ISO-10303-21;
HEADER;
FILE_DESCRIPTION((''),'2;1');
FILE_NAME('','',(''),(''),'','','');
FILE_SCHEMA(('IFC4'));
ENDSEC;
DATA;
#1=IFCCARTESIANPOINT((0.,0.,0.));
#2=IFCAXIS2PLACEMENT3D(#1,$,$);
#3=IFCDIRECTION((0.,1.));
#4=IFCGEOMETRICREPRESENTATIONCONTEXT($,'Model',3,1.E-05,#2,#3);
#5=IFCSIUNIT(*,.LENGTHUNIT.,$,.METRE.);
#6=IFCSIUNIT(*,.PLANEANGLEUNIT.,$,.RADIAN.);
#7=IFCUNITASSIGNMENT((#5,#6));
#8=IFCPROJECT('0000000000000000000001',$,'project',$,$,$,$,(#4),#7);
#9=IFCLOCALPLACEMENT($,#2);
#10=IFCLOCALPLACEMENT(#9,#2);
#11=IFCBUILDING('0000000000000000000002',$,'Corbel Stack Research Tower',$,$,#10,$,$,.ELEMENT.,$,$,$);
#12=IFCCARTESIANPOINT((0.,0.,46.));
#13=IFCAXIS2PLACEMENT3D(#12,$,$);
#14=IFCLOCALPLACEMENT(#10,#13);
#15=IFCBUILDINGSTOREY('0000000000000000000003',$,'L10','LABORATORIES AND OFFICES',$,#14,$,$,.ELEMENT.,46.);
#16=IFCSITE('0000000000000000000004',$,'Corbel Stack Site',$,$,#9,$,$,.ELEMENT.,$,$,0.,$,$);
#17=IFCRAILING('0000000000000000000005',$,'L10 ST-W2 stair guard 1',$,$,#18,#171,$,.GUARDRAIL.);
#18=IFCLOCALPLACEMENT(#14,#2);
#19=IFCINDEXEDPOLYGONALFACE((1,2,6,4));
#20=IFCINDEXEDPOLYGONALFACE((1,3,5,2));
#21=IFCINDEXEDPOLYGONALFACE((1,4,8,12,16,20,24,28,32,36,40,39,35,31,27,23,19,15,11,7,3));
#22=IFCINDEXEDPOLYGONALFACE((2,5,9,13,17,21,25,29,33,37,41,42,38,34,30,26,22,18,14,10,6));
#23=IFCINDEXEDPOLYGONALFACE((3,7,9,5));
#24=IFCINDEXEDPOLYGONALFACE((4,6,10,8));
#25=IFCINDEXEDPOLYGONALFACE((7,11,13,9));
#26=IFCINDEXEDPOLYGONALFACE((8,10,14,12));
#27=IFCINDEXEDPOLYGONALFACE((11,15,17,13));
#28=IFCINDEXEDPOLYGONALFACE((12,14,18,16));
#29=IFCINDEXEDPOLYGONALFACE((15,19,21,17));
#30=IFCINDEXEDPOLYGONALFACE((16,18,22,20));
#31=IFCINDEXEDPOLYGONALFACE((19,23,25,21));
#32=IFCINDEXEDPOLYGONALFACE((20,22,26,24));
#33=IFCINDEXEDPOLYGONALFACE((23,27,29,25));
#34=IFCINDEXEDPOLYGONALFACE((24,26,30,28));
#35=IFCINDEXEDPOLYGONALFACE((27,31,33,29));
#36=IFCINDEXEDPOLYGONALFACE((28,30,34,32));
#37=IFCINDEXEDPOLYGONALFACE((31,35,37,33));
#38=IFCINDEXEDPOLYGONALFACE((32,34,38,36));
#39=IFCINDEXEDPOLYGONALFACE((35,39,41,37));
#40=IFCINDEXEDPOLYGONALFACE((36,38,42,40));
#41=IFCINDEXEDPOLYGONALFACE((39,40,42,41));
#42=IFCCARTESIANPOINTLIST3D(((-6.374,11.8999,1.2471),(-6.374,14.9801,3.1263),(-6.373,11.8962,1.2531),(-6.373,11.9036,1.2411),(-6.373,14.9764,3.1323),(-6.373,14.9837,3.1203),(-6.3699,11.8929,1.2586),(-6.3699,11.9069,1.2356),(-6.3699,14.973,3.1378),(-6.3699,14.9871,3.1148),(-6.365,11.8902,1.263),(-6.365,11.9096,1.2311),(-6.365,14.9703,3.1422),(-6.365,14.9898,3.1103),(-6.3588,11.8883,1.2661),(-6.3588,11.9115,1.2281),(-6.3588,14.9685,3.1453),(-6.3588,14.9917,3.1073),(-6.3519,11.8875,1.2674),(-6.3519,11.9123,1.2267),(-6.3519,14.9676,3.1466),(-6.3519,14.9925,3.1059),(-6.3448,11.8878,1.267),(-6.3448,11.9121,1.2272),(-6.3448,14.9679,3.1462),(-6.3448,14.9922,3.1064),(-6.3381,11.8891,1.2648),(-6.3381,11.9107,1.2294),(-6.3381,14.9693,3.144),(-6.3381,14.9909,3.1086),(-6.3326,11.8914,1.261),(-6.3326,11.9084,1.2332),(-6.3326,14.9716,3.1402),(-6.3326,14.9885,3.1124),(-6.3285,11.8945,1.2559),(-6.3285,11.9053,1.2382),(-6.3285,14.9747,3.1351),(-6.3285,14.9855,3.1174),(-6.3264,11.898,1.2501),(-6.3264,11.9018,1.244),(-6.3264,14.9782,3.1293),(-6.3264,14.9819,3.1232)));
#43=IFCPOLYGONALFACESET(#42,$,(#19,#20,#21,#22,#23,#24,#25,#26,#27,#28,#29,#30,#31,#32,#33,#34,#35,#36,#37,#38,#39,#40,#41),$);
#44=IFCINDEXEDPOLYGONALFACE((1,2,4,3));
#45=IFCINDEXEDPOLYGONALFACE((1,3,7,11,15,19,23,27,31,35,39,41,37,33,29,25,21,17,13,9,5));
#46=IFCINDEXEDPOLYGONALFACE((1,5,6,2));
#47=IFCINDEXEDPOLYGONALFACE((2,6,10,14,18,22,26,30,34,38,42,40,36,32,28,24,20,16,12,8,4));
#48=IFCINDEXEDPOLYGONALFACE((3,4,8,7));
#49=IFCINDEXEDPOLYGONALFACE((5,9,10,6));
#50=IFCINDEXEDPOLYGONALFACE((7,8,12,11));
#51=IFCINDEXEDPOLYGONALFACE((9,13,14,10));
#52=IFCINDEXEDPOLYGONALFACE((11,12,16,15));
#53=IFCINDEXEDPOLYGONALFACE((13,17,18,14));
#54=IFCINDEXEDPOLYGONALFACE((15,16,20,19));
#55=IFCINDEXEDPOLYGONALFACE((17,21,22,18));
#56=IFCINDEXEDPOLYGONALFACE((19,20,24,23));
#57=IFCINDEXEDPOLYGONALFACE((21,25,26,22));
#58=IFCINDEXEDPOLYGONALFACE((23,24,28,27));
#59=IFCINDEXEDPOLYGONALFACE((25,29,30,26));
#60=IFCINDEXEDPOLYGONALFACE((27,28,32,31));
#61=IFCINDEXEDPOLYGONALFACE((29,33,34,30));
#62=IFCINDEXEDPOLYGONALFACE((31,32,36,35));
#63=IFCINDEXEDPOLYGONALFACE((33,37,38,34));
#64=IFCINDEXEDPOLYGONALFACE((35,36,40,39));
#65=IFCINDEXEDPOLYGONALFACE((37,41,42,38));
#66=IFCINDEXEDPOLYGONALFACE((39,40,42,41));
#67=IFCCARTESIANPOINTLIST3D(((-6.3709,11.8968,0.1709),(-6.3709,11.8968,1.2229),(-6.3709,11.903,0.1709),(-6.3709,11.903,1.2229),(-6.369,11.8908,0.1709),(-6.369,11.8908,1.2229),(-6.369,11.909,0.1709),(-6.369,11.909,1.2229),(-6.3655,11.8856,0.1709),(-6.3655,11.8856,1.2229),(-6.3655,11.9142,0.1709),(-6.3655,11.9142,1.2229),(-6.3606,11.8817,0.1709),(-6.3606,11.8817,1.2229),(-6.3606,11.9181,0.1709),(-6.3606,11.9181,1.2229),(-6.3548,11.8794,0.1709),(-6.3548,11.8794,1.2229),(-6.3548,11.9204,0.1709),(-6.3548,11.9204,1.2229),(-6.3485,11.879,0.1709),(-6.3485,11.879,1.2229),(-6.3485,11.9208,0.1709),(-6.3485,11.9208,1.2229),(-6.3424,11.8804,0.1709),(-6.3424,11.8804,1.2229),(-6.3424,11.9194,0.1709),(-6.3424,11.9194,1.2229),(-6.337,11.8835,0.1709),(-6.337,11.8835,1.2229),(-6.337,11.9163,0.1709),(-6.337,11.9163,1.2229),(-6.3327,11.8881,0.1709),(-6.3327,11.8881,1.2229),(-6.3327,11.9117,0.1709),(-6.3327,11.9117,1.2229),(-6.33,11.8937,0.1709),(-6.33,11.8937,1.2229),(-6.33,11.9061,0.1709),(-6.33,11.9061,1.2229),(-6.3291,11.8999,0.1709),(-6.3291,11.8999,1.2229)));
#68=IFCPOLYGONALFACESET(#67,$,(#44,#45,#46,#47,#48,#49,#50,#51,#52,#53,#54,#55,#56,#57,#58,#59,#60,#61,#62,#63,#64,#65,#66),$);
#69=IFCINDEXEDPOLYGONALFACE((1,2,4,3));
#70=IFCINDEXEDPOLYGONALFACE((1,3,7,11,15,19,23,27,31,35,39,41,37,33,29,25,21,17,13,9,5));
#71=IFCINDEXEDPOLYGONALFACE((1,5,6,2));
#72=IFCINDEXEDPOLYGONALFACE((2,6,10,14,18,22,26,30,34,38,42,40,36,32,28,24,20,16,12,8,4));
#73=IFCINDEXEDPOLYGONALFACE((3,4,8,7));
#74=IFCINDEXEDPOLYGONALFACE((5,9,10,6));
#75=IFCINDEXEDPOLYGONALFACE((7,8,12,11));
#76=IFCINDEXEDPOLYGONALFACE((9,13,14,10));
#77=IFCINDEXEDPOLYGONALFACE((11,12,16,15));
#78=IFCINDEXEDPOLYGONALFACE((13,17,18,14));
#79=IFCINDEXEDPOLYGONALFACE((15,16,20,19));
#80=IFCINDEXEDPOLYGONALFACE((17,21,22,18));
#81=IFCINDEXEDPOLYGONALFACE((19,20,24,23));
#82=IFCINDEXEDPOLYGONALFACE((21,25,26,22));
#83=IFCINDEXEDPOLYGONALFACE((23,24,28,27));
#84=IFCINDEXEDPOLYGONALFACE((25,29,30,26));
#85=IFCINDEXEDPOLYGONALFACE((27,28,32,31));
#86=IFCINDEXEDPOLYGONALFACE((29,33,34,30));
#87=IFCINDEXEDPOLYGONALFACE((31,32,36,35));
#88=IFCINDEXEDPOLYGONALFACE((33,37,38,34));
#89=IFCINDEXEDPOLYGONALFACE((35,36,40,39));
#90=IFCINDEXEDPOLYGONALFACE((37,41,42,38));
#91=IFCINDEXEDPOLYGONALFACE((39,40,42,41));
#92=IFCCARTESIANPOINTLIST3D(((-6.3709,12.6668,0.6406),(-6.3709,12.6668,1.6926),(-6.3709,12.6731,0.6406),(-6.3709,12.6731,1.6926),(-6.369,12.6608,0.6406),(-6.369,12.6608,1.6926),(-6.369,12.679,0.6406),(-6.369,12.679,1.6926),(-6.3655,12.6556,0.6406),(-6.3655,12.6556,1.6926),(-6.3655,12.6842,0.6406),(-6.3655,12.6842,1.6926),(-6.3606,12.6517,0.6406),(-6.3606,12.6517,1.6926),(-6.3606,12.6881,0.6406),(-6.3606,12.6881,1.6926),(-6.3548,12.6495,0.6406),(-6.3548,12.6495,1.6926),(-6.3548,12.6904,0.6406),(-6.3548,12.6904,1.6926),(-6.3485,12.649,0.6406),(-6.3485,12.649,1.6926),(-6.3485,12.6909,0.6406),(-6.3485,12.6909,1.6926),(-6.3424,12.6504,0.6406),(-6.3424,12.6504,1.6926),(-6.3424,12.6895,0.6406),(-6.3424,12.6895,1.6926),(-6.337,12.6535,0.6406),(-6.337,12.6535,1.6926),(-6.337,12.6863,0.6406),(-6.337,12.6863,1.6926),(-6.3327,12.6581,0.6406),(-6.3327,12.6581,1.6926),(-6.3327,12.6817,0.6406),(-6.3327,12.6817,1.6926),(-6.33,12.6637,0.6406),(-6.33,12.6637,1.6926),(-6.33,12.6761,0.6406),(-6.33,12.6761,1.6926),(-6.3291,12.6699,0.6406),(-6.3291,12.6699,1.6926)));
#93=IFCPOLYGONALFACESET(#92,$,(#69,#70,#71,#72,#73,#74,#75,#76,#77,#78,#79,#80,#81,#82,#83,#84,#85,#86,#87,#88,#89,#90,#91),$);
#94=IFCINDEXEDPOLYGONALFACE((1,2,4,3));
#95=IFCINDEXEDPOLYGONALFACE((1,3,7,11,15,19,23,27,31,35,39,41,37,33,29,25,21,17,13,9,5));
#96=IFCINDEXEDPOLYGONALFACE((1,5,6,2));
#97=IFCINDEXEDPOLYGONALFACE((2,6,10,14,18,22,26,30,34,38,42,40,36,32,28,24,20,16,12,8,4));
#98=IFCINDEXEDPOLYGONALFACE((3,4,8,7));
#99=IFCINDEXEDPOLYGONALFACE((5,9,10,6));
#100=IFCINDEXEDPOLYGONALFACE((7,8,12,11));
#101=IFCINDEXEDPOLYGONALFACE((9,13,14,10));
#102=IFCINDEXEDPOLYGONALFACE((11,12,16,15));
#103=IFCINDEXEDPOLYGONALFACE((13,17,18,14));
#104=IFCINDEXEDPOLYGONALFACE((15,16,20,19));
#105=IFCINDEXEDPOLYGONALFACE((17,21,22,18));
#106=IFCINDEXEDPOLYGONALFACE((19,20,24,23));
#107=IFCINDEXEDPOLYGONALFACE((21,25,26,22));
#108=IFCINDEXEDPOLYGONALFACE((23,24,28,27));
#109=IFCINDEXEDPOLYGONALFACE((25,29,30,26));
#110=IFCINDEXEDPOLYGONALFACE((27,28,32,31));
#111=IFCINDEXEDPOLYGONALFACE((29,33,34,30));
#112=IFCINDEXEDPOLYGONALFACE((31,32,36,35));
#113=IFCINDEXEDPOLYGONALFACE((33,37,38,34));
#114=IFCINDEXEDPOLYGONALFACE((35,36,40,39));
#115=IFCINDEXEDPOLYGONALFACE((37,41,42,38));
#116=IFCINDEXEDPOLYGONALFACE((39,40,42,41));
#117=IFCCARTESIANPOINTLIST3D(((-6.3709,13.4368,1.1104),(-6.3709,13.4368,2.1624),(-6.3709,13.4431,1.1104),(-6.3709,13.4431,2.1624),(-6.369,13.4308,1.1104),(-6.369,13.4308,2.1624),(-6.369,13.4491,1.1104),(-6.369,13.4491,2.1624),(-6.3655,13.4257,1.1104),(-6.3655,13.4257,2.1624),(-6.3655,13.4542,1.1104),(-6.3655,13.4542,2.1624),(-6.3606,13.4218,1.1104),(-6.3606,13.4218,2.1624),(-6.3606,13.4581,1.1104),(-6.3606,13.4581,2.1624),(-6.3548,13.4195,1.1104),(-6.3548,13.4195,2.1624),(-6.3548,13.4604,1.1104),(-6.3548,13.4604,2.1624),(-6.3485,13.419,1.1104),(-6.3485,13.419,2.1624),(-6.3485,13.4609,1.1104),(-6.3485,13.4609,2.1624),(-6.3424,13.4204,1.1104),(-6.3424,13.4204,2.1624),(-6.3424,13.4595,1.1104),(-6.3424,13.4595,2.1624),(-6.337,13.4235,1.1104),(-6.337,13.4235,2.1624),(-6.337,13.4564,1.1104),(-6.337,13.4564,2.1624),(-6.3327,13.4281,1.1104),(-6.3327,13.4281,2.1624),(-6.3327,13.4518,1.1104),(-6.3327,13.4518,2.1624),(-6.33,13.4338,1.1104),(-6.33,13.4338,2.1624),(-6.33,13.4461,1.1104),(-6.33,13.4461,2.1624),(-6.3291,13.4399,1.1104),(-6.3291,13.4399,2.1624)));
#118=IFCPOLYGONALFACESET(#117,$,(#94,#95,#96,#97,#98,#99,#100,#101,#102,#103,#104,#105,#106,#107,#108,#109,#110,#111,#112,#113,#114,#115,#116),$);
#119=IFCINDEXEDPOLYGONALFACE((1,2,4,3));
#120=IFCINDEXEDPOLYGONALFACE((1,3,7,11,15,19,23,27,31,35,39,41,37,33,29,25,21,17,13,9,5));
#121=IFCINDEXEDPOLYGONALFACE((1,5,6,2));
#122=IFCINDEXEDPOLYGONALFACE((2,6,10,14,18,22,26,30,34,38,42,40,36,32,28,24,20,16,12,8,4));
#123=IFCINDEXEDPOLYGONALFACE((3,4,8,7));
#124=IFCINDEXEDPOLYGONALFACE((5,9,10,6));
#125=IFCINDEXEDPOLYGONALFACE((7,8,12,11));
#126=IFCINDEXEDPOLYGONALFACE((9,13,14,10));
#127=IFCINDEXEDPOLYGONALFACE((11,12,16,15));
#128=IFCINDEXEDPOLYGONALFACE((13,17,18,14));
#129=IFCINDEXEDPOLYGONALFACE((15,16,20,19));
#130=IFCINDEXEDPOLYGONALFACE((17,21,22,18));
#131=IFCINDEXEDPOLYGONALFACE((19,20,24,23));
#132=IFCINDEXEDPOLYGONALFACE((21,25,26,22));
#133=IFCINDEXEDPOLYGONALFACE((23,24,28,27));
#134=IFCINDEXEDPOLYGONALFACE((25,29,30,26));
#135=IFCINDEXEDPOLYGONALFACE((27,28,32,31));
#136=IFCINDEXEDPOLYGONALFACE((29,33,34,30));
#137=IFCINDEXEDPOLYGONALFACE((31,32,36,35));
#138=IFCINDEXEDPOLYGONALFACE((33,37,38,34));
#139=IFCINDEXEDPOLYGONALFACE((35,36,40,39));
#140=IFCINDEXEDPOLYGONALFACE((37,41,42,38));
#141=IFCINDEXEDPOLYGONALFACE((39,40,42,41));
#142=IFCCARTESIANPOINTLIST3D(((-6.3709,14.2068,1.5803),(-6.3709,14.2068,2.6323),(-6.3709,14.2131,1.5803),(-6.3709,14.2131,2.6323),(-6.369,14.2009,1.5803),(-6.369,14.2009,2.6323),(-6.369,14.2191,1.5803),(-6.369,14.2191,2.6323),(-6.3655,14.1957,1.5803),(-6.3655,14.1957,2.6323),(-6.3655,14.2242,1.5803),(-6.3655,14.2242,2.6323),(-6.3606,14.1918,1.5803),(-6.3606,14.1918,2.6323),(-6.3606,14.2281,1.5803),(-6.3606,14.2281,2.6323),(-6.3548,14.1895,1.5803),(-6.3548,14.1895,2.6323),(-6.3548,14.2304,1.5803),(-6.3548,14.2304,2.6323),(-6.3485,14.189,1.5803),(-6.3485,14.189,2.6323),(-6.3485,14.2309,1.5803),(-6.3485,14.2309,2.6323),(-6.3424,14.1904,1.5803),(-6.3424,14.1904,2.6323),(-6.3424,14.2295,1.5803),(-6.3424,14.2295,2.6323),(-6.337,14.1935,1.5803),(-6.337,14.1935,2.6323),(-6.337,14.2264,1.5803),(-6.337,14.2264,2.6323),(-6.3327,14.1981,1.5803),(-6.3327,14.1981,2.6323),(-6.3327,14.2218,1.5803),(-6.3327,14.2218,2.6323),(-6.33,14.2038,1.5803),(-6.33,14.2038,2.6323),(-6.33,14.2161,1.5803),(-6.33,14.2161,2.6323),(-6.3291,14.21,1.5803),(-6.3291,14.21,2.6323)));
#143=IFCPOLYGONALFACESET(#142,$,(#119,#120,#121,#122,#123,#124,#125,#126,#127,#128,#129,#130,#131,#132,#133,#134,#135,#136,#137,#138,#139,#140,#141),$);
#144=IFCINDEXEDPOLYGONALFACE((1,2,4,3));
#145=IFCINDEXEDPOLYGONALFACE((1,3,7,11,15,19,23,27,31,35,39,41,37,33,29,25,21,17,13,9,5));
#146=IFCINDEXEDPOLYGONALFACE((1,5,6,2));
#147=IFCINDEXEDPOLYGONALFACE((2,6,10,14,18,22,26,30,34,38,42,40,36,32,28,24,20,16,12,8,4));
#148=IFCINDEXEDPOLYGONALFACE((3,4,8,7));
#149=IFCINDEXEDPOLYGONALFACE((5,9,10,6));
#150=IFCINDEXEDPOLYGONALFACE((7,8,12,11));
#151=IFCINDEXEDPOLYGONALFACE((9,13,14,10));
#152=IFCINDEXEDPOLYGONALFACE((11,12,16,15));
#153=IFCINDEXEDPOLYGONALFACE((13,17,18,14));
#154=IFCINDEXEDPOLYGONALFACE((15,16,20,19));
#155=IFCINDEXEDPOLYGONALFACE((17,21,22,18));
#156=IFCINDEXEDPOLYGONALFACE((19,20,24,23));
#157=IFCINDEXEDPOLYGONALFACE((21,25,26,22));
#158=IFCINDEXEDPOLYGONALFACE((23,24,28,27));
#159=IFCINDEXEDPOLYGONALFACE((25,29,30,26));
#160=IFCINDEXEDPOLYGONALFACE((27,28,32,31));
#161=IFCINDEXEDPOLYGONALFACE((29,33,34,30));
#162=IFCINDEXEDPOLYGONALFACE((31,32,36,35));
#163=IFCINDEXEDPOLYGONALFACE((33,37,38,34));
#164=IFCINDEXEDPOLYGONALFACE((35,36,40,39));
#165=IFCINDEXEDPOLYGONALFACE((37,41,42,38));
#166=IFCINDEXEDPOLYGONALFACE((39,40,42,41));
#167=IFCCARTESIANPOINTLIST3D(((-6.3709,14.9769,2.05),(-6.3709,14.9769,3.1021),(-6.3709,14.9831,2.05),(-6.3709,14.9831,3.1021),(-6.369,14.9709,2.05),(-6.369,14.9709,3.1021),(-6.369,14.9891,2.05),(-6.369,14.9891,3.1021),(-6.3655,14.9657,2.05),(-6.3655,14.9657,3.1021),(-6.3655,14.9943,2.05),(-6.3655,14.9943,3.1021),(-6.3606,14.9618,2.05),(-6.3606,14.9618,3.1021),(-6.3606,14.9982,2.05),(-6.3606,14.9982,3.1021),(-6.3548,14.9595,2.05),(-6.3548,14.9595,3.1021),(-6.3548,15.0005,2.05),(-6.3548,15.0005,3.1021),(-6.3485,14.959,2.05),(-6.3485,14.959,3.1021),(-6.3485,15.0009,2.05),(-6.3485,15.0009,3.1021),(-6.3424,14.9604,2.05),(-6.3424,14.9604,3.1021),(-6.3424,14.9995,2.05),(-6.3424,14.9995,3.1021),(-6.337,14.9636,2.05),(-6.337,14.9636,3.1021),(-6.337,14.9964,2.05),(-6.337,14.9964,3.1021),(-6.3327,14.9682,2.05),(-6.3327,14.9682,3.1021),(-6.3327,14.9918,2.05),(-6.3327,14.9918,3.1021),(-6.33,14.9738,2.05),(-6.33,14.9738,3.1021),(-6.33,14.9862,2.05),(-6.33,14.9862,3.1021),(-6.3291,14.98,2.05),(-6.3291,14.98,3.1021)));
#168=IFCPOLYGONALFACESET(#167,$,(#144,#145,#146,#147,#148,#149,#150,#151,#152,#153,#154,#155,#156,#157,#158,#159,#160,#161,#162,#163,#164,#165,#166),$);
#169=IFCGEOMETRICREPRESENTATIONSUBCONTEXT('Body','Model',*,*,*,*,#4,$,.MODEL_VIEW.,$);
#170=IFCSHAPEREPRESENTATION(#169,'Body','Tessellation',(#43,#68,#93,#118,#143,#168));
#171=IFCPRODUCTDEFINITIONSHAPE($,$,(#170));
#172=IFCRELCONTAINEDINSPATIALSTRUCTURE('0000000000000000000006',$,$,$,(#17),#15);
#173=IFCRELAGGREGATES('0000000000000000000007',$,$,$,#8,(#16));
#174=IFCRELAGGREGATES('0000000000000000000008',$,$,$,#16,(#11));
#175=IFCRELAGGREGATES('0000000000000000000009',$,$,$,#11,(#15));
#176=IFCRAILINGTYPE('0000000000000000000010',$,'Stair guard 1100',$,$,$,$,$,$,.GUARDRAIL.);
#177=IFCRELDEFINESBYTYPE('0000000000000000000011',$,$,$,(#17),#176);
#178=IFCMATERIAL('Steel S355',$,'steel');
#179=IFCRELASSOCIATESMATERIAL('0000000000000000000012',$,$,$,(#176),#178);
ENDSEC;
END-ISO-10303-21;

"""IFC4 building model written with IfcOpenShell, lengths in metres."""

from ifc_helpers import new_model, si_unit, direction, frame, origin, origin_2d, place, context, subcontext, project, spatial, circle, extrude, material, type_object, element, save


model = new_model("IFC4")

# Units and contexts
model_context = context("Model", 3, precision=1e-05, world=origin(), true_north=direction((0.0, 1.0)))
body_context = subcontext(model_context, "Body", "Model", "MODEL_VIEW")
ifc_project = project(units=[si_unit("LENGTHUNIT", "METRE"), si_unit("PLANEANGLEUNIT", "RADIAN")], contexts=[model_context])

# Site, building, storey
site_placement = place(None, origin())
site = spatial("IfcSite", under=ifc_project, at=site_placement, Name="Corbel Stack Site", CompositionType="ELEMENT", RefElevation=0.0)
building_placement = place(site_placement, origin())
building = spatial("IfcBuilding", under=site, at=building_placement, Name="Corbel Stack Research Tower", CompositionType="ELEMENT")
storey_placement = place(building_placement, frame((0.0, 0.0, 46.0)))
storey = spatial("IfcBuildingStorey", under=building, at=storey_placement, Name="L10", Description="LABORATORIES AND OFFICES", CompositionType="ELEMENT", Elevation=46.0)

# Railing
ifc_material_1 = material(Name="Steel S355", Category="steel")
railing_type_1 = type_object("IfcRailingType", Name="Stair guard 1100", PredefinedType="GUARDRAIL", material=ifc_material_1)
railing_1_placement = place(storey_placement, frame((-6.3501, 11.8999, 0.1709)))
element("IfcRailing", 1, at=railing_1_placement, inside=storey, type_object=railing_type_1, Name="L10 ST-W2 stair guard 1", PredefinedType="GUARDRAIL", context=body_context, shape_type="SweptSolid", body=[
    extrude(circle(Radius=0.0239, at=origin_2d()), frame((0.0, 0.0, 1.0762), z_axis=(0.0, 0.853666, 0.52082), x_axis=(-1.0, 0.0, 0.0)), (0.0, 0.0, 1.0), 3.6082),
    extrude(circle(Radius=0.021, at=origin_2d()), origin(), (0.0, 0.0, 1.0), 1.052),
    extrude(circle(Radius=0.021, at=origin_2d()), frame((0.0, 0.77, 0.4697)), (0.0, 0.0, 1.0), 1.052),
    extrude(circle(Radius=0.021, at=origin_2d()), frame((0.0, 1.54, 0.9395)), (0.0, 0.0, 1.0), 1.052),
    extrude(circle(Radius=0.021, at=origin_2d()), frame((0.0, 2.3101, 1.4094)), (0.0, 0.0, 1.0), 1.052),
    extrude(circle(Radius=0.021, at=origin_2d()), frame((0.0, 3.0801, 1.8792)), (0.0, 0.0, 1.0), 1.052),
])

save(model, "model.ifc")
